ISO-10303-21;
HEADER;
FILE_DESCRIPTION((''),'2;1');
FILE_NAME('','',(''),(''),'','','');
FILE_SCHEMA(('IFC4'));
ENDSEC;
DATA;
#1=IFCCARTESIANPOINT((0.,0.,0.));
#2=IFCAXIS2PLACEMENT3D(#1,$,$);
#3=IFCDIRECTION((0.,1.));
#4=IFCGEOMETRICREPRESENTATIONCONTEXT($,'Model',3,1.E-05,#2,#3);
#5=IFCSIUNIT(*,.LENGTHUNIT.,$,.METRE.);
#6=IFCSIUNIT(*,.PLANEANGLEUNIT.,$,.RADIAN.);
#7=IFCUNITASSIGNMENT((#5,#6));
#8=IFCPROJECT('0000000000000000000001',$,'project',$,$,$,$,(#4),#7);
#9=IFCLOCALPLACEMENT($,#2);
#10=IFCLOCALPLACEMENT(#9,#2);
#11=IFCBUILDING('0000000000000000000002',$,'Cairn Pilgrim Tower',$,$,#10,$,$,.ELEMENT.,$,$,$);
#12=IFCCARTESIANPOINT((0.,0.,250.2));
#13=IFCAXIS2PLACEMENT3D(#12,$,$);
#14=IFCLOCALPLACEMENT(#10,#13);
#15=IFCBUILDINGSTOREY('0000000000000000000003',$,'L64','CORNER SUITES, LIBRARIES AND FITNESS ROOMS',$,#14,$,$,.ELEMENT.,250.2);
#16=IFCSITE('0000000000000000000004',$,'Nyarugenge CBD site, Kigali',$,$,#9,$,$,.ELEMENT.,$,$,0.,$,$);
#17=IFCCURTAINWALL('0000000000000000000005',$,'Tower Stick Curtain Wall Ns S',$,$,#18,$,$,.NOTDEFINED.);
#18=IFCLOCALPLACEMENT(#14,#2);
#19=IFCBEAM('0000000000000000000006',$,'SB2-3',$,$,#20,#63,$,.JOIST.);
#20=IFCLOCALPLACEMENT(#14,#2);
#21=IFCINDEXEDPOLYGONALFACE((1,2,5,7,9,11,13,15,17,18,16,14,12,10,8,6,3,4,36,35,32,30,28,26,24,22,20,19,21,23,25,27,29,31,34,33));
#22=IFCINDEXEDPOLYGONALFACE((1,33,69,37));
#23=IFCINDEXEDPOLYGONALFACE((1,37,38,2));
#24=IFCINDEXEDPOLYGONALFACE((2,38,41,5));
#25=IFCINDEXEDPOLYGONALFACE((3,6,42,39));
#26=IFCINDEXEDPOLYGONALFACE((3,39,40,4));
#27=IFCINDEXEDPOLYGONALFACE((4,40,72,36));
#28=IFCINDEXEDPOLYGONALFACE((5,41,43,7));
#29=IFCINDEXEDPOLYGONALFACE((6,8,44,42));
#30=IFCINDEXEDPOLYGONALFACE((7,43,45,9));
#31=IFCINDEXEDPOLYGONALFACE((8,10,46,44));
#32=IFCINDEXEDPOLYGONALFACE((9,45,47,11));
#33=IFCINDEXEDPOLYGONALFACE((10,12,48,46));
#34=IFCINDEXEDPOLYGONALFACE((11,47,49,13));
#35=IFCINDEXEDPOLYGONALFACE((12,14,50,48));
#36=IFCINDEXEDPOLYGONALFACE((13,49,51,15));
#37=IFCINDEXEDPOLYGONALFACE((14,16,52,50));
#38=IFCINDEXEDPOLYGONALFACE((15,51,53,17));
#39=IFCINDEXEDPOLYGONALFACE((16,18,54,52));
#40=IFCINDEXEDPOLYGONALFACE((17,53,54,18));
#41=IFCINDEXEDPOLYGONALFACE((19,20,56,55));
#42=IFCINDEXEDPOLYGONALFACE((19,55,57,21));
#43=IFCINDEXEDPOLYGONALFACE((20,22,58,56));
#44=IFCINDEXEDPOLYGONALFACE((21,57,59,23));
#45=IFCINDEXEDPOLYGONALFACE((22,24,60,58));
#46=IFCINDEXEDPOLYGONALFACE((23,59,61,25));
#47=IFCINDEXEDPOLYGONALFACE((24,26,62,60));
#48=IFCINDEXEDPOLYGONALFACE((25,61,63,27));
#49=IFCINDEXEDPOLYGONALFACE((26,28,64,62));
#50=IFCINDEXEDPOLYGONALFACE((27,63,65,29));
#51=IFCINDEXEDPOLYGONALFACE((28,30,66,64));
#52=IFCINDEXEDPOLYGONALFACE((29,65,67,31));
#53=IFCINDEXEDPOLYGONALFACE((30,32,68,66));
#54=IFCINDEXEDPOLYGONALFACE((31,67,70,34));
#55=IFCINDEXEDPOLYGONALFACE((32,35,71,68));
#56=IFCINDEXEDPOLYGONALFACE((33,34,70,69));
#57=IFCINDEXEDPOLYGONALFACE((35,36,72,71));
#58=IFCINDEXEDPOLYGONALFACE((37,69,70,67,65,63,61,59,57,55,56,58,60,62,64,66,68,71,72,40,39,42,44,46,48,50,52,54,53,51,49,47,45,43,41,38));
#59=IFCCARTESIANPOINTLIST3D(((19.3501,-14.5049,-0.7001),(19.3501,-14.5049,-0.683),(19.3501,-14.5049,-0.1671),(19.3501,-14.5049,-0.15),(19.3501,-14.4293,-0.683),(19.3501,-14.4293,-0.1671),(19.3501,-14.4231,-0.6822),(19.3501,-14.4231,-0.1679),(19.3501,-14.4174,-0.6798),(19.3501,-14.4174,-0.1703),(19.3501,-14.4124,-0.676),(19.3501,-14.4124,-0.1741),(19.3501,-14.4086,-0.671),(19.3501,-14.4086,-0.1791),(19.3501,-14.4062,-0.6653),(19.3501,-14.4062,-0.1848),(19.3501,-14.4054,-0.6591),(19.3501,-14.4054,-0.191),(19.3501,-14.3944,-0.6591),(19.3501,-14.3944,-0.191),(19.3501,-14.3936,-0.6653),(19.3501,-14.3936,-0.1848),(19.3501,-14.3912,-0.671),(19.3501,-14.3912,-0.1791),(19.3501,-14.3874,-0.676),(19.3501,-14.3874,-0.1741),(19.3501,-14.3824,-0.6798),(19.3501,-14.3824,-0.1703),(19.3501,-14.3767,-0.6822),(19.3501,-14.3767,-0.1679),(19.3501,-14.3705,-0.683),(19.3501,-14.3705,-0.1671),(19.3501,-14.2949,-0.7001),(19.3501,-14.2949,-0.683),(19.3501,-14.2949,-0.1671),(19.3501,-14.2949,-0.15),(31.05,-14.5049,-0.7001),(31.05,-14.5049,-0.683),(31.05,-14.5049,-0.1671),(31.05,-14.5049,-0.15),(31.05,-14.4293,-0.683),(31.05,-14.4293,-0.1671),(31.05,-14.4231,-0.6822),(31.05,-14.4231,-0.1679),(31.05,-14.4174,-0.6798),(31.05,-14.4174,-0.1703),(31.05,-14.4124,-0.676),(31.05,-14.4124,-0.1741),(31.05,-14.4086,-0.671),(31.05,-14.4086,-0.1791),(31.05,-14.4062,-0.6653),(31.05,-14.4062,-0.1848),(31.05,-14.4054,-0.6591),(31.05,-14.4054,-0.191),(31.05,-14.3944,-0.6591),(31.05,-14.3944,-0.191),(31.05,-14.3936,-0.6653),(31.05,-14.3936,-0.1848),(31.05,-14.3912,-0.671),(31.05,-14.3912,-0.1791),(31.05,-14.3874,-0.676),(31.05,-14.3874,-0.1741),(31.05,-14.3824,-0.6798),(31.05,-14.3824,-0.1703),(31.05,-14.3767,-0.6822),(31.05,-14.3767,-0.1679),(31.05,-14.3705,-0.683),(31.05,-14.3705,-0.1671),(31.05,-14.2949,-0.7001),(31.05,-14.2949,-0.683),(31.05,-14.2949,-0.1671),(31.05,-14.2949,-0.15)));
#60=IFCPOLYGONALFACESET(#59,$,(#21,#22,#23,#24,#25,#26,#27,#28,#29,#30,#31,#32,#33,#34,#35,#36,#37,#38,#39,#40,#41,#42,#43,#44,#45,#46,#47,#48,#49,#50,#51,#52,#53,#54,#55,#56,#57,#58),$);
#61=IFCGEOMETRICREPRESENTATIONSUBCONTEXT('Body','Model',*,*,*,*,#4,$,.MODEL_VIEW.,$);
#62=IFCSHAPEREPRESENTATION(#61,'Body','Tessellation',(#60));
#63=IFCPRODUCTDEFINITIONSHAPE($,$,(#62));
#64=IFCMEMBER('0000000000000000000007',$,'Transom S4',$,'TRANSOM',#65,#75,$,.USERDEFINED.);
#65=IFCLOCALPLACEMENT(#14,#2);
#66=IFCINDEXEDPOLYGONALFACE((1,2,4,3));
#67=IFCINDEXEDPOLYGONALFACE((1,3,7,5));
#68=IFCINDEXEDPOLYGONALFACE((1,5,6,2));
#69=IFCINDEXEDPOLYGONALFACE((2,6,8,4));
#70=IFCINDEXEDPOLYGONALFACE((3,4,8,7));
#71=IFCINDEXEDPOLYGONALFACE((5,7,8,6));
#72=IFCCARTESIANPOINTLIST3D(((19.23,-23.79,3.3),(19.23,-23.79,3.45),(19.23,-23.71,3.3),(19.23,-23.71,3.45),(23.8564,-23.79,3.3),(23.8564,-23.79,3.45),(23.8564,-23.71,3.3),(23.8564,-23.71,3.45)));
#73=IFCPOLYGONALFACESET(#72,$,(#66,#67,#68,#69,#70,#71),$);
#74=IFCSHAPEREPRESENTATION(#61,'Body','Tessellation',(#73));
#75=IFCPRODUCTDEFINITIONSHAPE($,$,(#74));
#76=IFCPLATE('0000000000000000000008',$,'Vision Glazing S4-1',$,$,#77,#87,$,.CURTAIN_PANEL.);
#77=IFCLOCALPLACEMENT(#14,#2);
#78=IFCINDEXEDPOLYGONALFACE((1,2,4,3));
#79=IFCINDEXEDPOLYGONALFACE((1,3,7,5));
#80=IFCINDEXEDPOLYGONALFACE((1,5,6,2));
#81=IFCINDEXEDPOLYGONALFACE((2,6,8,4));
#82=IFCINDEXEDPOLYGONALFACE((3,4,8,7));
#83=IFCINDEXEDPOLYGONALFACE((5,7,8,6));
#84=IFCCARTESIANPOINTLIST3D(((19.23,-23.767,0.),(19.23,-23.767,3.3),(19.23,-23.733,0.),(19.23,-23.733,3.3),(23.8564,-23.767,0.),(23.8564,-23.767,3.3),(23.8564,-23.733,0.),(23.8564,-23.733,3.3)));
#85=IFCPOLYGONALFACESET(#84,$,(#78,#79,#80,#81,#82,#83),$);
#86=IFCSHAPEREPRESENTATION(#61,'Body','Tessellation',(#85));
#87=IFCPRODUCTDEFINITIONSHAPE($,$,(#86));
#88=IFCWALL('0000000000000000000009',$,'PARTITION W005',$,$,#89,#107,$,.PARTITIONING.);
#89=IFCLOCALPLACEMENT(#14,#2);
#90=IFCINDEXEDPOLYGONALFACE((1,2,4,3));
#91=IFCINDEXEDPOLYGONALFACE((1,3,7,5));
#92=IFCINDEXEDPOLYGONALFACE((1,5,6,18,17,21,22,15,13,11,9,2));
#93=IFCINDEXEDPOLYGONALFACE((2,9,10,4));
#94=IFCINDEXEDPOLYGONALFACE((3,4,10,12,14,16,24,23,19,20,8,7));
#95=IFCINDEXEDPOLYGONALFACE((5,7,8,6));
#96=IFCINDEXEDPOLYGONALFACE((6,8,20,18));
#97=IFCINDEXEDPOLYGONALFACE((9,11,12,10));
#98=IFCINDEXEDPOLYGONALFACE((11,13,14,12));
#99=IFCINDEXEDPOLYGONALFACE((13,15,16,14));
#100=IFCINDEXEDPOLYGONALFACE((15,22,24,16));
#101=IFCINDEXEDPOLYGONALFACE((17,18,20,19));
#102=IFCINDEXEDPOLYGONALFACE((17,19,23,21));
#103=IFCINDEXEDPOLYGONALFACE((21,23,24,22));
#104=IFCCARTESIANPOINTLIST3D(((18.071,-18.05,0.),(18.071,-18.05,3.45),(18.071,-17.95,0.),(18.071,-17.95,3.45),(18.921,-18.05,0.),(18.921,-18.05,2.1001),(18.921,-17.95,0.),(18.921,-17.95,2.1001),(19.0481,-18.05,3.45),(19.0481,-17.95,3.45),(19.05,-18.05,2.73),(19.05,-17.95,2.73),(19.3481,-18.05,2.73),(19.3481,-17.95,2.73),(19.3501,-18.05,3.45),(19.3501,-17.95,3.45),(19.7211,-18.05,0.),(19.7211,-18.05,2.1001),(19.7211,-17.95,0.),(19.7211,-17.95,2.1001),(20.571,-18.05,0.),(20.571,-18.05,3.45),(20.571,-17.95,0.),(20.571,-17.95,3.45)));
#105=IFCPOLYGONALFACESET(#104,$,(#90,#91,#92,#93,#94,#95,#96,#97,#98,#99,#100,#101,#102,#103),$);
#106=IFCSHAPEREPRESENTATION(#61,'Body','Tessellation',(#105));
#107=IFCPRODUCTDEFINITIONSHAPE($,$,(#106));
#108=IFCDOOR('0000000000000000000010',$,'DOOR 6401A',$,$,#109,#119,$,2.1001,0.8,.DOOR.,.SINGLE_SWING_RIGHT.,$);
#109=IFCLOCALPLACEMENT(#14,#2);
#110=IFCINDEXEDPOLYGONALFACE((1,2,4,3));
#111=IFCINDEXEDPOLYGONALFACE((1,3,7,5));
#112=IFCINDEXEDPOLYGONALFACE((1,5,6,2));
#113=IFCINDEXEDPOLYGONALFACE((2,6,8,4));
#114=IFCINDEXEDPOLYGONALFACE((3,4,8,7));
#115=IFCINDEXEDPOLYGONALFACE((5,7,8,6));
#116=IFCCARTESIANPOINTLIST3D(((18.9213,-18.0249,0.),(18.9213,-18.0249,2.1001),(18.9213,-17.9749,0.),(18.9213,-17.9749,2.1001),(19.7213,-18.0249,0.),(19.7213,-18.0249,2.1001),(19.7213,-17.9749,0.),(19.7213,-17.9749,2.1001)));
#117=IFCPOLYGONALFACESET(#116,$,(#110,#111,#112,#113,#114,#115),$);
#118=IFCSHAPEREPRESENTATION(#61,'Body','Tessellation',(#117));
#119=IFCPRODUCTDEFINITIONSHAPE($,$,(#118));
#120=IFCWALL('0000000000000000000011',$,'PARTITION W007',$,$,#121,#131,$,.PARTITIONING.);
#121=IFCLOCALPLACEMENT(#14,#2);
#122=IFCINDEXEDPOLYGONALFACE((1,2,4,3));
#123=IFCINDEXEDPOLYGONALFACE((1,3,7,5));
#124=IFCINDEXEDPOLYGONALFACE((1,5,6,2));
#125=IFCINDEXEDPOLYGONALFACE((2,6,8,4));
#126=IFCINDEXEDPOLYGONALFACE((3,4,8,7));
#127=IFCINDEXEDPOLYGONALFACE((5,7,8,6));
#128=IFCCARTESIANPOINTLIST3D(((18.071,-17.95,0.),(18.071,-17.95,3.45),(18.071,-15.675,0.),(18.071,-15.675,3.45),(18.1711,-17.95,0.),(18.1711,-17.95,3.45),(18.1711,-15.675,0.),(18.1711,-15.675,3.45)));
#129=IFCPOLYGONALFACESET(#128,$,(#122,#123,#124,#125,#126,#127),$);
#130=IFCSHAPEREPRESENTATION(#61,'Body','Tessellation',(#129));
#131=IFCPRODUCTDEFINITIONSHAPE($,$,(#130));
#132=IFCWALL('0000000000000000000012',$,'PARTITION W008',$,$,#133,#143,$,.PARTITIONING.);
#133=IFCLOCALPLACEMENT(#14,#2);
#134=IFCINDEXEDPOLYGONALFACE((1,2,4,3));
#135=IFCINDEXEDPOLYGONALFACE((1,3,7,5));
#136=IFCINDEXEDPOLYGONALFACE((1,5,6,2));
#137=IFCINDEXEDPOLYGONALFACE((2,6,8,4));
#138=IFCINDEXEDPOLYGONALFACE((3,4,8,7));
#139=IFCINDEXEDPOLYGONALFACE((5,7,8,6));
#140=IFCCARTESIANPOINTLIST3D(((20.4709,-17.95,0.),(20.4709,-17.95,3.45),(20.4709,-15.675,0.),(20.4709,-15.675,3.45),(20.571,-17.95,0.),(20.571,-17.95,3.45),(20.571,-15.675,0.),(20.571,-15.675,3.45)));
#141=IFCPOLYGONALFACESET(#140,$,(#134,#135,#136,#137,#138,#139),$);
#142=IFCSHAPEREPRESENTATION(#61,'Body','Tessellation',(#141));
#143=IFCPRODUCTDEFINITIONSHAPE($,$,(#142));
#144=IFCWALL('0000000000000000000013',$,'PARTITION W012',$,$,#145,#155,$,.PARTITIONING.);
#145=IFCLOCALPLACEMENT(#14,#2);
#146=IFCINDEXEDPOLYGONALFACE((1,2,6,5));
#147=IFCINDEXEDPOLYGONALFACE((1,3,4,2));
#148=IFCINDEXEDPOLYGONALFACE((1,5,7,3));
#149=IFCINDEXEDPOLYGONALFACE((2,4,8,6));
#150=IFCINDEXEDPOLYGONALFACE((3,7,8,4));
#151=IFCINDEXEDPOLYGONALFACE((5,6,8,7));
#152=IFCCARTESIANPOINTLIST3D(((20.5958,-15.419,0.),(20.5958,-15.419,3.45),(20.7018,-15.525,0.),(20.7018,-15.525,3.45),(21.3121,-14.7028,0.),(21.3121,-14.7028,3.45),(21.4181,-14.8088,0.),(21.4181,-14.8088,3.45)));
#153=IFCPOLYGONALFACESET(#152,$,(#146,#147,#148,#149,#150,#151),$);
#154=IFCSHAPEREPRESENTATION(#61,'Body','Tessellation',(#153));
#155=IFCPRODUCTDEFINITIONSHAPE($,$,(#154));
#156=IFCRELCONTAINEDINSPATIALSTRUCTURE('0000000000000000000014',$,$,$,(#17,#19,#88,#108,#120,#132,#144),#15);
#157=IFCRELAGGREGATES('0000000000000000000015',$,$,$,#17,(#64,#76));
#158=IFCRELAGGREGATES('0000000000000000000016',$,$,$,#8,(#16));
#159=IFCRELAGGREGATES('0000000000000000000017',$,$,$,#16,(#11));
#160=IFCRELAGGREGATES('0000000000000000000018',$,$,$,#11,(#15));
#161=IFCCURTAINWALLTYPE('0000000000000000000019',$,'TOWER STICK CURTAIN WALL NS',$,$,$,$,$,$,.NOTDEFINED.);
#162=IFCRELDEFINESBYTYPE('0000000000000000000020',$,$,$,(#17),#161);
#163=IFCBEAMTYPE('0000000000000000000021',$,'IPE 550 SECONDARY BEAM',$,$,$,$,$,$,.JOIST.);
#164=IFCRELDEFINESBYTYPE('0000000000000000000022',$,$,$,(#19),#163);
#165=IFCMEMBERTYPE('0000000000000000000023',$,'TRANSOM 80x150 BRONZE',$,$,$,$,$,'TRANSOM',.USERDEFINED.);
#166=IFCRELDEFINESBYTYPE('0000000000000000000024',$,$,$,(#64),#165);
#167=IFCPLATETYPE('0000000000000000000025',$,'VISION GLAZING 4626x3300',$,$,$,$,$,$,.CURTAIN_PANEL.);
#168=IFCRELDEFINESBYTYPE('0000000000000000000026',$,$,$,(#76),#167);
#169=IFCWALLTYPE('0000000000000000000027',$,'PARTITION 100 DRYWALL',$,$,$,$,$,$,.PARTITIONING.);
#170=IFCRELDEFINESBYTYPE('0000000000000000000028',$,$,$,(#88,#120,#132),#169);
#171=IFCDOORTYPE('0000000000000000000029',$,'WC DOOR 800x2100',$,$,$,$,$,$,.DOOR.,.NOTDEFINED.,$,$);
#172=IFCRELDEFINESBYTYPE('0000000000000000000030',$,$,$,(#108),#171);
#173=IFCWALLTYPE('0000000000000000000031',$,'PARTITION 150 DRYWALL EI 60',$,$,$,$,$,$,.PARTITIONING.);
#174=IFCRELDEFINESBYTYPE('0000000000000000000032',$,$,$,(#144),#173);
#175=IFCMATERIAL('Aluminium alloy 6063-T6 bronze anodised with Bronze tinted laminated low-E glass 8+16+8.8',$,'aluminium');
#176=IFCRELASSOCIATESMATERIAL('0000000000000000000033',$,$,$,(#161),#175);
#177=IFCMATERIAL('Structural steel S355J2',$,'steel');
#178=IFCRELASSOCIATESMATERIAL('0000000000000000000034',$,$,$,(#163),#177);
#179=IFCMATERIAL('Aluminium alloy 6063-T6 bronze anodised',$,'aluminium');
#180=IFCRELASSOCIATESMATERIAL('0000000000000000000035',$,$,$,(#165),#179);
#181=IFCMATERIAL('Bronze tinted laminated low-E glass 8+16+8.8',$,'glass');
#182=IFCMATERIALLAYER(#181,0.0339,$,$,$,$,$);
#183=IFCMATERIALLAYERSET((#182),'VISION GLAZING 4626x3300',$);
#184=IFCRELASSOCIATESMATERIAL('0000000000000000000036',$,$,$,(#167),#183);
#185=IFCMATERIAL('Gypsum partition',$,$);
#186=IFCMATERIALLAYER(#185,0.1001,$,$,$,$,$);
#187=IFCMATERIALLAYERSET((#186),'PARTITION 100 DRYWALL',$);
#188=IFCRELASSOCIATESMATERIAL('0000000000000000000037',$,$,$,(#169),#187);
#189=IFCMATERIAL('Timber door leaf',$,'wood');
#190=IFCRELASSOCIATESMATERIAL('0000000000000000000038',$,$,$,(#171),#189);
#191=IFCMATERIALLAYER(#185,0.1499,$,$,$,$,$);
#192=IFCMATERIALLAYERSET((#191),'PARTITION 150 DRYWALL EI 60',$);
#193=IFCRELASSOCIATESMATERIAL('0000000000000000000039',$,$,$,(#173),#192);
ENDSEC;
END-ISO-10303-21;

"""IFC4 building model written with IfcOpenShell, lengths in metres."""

from ifc_helpers import new_model, si_unit, direction, frame, frame_2d, origin, origin_2d, place, context, subcontext, project, spatial, polyline, rectangle, i_section, outline, extrude, material, layer, layer_set, material_profile, profile_set, type_object, element, fill, aggregate, save


model = new_model("IFC4")

# Units and contexts
model_context = context("Model", 3, precision=1e-05, world=origin(), true_north=direction((0.0, 1.0)))
body_context = subcontext(model_context, "Body", "Model", "MODEL_VIEW")
ifc_project = project(units=[si_unit("LENGTHUNIT", "METRE"), si_unit("PLANEANGLEUNIT", "RADIAN")], contexts=[model_context])

# Site, building, storey
site_placement = place(None, origin())
site = spatial("IfcSite", under=ifc_project, at=site_placement, Name="Nyarugenge CBD site, Kigali", CompositionType="ELEMENT", RefElevation=0.0)
building_placement = place(site_placement, origin())
building = spatial("IfcBuilding", under=site, at=building_placement, Name="Cairn Pilgrim Tower", CompositionType="ELEMENT")
storey_placement = place(building_placement, frame((0.0, 0.0, 250.2)))
storey = spatial("IfcBuildingStorey", under=building, at=storey_placement, Name="L64", Description="CORNER SUITES, LIBRARIES AND FITNESS ROOMS", CompositionType="ELEMENT", Elevation=250.2)

# Curtain wall
ifc_material_1 = material(Name="Aluminium alloy 6063-T6 bronze anodised with Bronze tinted laminated low-E glass 8+16+8.8", Category="aluminium")
curtain_wall_type_1 = type_object("IfcCurtainWallType", Name="TOWER STICK CURTAIN WALL NS", PredefinedType="NOTDEFINED", material=ifc_material_1)
curtain_wall_1_placement = place(storey_placement, origin())
curtain_wall_1 = element("IfcCurtainWall", 1, at=curtain_wall_1_placement, inside=storey, type_object=curtain_wall_type_1, Name="Tower Stick Curtain Wall Ns S", PredefinedType="NOTDEFINED")
ifc_material_2 = material(Name="Aluminium alloy 6063-T6 bronze anodised", Category="aluminium")

# Beam
ifc_material_3 = material(Name="Structural steel S355J2", Category="steel")
ifc_material_profile_1 = material_profile(ifc_material_3, i_section(OverallWidth=0.21, OverallDepth=0.55, WebThickness=0.011, FlangeThickness=0.0171, FilletRadius=0.0239, at=origin_2d()), Name="IPE 550")
ifc_profile_set_1 = profile_set([ifc_material_profile_1], Name="Structural steel S355J2")
beam_type_1 = type_object("IfcBeamType", Name="IPE 550 SECONDARY BEAM", PredefinedType="JOIST", material=ifc_profile_set_1)
beam_1_placement = place(storey_placement, frame((19.3501, -14.3999, -0.425), z_axis=(1.0, 0.0, 0.0), x_axis=(0.0, 1.0, 0.0)))
element("IfcBeam", 2, at=beam_1_placement, inside=storey, type_object=beam_type_1, Name="SB2-3", PredefinedType="JOIST", context=body_context, shape_type="SweptSolid", body=[
    extrude(i_section(OverallWidth=0.21, OverallDepth=0.55, WebThickness=0.011, FlangeThickness=0.0171, FilletRadius=0.0239, at=origin_2d()), origin(), (0.0, 0.0, 1.0), 11.7),
])

# Member
ifc_material_profile_2 = material_profile(ifc_material_2, rectangle(XDim=0.0801, YDim=0.1499, at=origin_2d()), Name="TRANSOM 80x150 BRONZE")
ifc_profile_set_2 = profile_set([ifc_material_profile_2], Name="Aluminium alloy 6063-T6 bronze anodised")
member_type_1 = type_object("IfcMemberType", Name="TRANSOM 80x150 BRONZE", ElementType="TRANSOM", PredefinedType="USERDEFINED", material=ifc_profile_set_2)
member_1_placement = place(storey_placement, frame((19.23, -23.75, 3.375), z_axis=(1.0, 0.0, 0.0), x_axis=(0.0, 1.0, 0.0)))
member_1 = element("IfcMember", 3, at=member_1_placement, type_object=member_type_1, Name="Transom S4", ObjectType="TRANSOM", PredefinedType="USERDEFINED", context=body_context, shape_type="SweptSolid", body=[
    extrude(rectangle(XDim=0.0801, YDim=0.1499, at=origin_2d()), origin(), (0.0, 0.0, 1.0), 4.6265),
])

# Plate
ifc_material_4 = material(Name="Bronze tinted laminated low-E glass 8+16+8.8", Category="glass")
ifc_layer_1 = layer(ifc_material_4, 0.0339)
ifc_layer_set_1 = layer_set([ifc_layer_1], Name="VISION GLAZING 4626x3300")
plate_type = type_object("IfcPlateType", Name="VISION GLAZING 4626x3300", PredefinedType="CURTAIN_PANEL", material=ifc_layer_set_1)
plate_placement = place(storey_placement, frame((21.5432, -23.75, 0.0), z_axis=(0.0, 0.0, 1.0), x_axis=(1.0, 0.0, 0.0)))
plate = element("IfcPlate", 4, at=plate_placement, type_object=plate_type, Name="Vision Glazing S4-1", PredefinedType="CURTAIN_PANEL", context=body_context, shape_type="SweptSolid", body=[
    extrude(rectangle(XDim=4.6265, YDim=0.0339, at=origin_2d()), origin(), (0.0, 0.0, 1.0), 3.3),
])
aggregate(curtain_wall_1, [member_1, plate])

# Wall, opening, door
ifc_material_5 = material(Name="Gypsum partition")
ifc_layer_2 = layer(ifc_material_5, 0.1001)
ifc_layer_set_2 = layer_set([ifc_layer_2], Name="PARTITION 100 DRYWALL")
wall_type_1 = type_object("IfcWallType", Name="PARTITION 100 DRYWALL", PredefinedType="PARTITIONING", material=ifc_layer_set_2)
wall_1_placement = place(storey_placement, frame((18.071, -18.0, 0.0), z_axis=(0.0, 0.0, 1.0), x_axis=(1.0, 0.0, 0.0)))
wall_1 = element("IfcWall", 5, at=wall_1_placement, inside=storey, type_object=wall_type_1, Name="PARTITION W005", PredefinedType="PARTITIONING", context=body_context, shape_type="SweptSolid", body=[
    extrude(outline(polyline([(0.0, 0.0), (2.5, 0.0), (2.5, 3.45), (1.2791, 3.45), (1.2771, 2.73), (0.979, 2.73), (0.9771, 3.45), (0.0, 3.45), (0.0, 0.0)])), frame((0.0, 0.05, 0.0), z_axis=(0.0, -1.0, 0.0), x_axis=(1.0, 0.0, 0.0)), (0.0, 0.0, 1.0), 0.1001),
])
opening_1_placement = place(wall_1_placement, frame((0.8501, 0.0, 0.0)))
opening_1 = element("IfcOpeningElement", 6, at=opening_1_placement, cuts=wall_1, PredefinedType="OPENING", context=body_context, shape_type="SweptSolid", body=[
    extrude(rectangle(XDim=0.8, YDim=2.1001, at=frame_2d((0.3999, 1.05))), frame((0.0, 0.0601, 0.0), z_axis=(0.0, -1.0, 0.0), x_axis=(1.0, 0.0, 0.0)), (0.0, 0.0, 1.0), 0.1201),
])
ifc_material_6 = material(Name="Timber door leaf", Category="wood")
door_type_1 = type_object("IfcDoorType", Name="WC DOOR 800x2100", OperationType="NOTDEFINED", PredefinedType="DOOR", material=ifc_material_6)
door_1_placement = place(opening_1_placement, frame((0.8, 0.0, 0.0), z_axis=(0.0, 0.0, 1.0), x_axis=(-1.0, 0.0, 0.0)))
door_1 = element("IfcDoor", 7, at=door_1_placement, inside=storey, type_object=door_type_1, Name="DOOR 6401A", OperationType="SINGLE_SWING_RIGHT", OverallHeight=2.1001, OverallWidth=0.8, PredefinedType="DOOR", context=body_context, shape_type="SweptSolid", body=[
    extrude(rectangle(XDim=0.8, YDim=2.1001, at=frame_2d((0.3999, 1.05))), frame((0.0, 0.0249, 0.0), z_axis=(0.0, -1.0, 0.0), x_axis=(1.0, 0.0, 0.0)), (0.0, 0.0, 1.0), 0.05),
])
fill(opening_1, door_1)

# Walls
for number, where, z_axis, x_axis, name in (
    (8, (18.1211, -17.95, 0.0), (0.0, 0.0, 1.0), (0.0, 1.0, 0.0), "PARTITION W007"),
    (9, (20.521, -17.95, 0.0), (0.0, 0.0, 1.0), (0.0, 1.0, 0.0), "PARTITION W008"),
):
    element("IfcWall", number, at=place(storey_placement, frame(where, z_axis=z_axis, x_axis=x_axis)), inside=storey, type_object=wall_type_1, Name=name, PredefinedType="PARTITIONING", context=body_context, shape_type="SweptSolid", body=[
        extrude(rectangle(XDim=2.2749, YDim=0.1001, at=frame_2d((1.1375, 0.0))), origin(), (0.0, 0.0, 1.0), 3.45),
    ])
ifc_layer_3 = layer(ifc_material_5, 0.1499)
ifc_layer_set_3 = layer_set([ifc_layer_3], Name="PARTITION 150 DRYWALL EI 60")
wall_type_2 = type_object("IfcWallType", Name="PARTITION 150 DRYWALL EI 60", PredefinedType="PARTITIONING", material=ifc_layer_set_3)
wall_2_placement = place(storey_placement, frame((20.6489, -15.4719, 0.0), z_axis=(0.0, 0.0, 1.0), x_axis=(0.707107, 0.707107, 0.0)))
element("IfcWall", 10, at=wall_2_placement, inside=storey, type_object=wall_type_2, Name="PARTITION W012", PredefinedType="PARTITIONING", context=body_context, shape_type="SweptSolid", body=[
    extrude(rectangle(XDim=1.0129, YDim=0.1499, at=frame_2d((0.5063, 0.0))), origin(), (0.0, 0.0, 1.0), 3.45),
])

save(model, "model.ifc")
